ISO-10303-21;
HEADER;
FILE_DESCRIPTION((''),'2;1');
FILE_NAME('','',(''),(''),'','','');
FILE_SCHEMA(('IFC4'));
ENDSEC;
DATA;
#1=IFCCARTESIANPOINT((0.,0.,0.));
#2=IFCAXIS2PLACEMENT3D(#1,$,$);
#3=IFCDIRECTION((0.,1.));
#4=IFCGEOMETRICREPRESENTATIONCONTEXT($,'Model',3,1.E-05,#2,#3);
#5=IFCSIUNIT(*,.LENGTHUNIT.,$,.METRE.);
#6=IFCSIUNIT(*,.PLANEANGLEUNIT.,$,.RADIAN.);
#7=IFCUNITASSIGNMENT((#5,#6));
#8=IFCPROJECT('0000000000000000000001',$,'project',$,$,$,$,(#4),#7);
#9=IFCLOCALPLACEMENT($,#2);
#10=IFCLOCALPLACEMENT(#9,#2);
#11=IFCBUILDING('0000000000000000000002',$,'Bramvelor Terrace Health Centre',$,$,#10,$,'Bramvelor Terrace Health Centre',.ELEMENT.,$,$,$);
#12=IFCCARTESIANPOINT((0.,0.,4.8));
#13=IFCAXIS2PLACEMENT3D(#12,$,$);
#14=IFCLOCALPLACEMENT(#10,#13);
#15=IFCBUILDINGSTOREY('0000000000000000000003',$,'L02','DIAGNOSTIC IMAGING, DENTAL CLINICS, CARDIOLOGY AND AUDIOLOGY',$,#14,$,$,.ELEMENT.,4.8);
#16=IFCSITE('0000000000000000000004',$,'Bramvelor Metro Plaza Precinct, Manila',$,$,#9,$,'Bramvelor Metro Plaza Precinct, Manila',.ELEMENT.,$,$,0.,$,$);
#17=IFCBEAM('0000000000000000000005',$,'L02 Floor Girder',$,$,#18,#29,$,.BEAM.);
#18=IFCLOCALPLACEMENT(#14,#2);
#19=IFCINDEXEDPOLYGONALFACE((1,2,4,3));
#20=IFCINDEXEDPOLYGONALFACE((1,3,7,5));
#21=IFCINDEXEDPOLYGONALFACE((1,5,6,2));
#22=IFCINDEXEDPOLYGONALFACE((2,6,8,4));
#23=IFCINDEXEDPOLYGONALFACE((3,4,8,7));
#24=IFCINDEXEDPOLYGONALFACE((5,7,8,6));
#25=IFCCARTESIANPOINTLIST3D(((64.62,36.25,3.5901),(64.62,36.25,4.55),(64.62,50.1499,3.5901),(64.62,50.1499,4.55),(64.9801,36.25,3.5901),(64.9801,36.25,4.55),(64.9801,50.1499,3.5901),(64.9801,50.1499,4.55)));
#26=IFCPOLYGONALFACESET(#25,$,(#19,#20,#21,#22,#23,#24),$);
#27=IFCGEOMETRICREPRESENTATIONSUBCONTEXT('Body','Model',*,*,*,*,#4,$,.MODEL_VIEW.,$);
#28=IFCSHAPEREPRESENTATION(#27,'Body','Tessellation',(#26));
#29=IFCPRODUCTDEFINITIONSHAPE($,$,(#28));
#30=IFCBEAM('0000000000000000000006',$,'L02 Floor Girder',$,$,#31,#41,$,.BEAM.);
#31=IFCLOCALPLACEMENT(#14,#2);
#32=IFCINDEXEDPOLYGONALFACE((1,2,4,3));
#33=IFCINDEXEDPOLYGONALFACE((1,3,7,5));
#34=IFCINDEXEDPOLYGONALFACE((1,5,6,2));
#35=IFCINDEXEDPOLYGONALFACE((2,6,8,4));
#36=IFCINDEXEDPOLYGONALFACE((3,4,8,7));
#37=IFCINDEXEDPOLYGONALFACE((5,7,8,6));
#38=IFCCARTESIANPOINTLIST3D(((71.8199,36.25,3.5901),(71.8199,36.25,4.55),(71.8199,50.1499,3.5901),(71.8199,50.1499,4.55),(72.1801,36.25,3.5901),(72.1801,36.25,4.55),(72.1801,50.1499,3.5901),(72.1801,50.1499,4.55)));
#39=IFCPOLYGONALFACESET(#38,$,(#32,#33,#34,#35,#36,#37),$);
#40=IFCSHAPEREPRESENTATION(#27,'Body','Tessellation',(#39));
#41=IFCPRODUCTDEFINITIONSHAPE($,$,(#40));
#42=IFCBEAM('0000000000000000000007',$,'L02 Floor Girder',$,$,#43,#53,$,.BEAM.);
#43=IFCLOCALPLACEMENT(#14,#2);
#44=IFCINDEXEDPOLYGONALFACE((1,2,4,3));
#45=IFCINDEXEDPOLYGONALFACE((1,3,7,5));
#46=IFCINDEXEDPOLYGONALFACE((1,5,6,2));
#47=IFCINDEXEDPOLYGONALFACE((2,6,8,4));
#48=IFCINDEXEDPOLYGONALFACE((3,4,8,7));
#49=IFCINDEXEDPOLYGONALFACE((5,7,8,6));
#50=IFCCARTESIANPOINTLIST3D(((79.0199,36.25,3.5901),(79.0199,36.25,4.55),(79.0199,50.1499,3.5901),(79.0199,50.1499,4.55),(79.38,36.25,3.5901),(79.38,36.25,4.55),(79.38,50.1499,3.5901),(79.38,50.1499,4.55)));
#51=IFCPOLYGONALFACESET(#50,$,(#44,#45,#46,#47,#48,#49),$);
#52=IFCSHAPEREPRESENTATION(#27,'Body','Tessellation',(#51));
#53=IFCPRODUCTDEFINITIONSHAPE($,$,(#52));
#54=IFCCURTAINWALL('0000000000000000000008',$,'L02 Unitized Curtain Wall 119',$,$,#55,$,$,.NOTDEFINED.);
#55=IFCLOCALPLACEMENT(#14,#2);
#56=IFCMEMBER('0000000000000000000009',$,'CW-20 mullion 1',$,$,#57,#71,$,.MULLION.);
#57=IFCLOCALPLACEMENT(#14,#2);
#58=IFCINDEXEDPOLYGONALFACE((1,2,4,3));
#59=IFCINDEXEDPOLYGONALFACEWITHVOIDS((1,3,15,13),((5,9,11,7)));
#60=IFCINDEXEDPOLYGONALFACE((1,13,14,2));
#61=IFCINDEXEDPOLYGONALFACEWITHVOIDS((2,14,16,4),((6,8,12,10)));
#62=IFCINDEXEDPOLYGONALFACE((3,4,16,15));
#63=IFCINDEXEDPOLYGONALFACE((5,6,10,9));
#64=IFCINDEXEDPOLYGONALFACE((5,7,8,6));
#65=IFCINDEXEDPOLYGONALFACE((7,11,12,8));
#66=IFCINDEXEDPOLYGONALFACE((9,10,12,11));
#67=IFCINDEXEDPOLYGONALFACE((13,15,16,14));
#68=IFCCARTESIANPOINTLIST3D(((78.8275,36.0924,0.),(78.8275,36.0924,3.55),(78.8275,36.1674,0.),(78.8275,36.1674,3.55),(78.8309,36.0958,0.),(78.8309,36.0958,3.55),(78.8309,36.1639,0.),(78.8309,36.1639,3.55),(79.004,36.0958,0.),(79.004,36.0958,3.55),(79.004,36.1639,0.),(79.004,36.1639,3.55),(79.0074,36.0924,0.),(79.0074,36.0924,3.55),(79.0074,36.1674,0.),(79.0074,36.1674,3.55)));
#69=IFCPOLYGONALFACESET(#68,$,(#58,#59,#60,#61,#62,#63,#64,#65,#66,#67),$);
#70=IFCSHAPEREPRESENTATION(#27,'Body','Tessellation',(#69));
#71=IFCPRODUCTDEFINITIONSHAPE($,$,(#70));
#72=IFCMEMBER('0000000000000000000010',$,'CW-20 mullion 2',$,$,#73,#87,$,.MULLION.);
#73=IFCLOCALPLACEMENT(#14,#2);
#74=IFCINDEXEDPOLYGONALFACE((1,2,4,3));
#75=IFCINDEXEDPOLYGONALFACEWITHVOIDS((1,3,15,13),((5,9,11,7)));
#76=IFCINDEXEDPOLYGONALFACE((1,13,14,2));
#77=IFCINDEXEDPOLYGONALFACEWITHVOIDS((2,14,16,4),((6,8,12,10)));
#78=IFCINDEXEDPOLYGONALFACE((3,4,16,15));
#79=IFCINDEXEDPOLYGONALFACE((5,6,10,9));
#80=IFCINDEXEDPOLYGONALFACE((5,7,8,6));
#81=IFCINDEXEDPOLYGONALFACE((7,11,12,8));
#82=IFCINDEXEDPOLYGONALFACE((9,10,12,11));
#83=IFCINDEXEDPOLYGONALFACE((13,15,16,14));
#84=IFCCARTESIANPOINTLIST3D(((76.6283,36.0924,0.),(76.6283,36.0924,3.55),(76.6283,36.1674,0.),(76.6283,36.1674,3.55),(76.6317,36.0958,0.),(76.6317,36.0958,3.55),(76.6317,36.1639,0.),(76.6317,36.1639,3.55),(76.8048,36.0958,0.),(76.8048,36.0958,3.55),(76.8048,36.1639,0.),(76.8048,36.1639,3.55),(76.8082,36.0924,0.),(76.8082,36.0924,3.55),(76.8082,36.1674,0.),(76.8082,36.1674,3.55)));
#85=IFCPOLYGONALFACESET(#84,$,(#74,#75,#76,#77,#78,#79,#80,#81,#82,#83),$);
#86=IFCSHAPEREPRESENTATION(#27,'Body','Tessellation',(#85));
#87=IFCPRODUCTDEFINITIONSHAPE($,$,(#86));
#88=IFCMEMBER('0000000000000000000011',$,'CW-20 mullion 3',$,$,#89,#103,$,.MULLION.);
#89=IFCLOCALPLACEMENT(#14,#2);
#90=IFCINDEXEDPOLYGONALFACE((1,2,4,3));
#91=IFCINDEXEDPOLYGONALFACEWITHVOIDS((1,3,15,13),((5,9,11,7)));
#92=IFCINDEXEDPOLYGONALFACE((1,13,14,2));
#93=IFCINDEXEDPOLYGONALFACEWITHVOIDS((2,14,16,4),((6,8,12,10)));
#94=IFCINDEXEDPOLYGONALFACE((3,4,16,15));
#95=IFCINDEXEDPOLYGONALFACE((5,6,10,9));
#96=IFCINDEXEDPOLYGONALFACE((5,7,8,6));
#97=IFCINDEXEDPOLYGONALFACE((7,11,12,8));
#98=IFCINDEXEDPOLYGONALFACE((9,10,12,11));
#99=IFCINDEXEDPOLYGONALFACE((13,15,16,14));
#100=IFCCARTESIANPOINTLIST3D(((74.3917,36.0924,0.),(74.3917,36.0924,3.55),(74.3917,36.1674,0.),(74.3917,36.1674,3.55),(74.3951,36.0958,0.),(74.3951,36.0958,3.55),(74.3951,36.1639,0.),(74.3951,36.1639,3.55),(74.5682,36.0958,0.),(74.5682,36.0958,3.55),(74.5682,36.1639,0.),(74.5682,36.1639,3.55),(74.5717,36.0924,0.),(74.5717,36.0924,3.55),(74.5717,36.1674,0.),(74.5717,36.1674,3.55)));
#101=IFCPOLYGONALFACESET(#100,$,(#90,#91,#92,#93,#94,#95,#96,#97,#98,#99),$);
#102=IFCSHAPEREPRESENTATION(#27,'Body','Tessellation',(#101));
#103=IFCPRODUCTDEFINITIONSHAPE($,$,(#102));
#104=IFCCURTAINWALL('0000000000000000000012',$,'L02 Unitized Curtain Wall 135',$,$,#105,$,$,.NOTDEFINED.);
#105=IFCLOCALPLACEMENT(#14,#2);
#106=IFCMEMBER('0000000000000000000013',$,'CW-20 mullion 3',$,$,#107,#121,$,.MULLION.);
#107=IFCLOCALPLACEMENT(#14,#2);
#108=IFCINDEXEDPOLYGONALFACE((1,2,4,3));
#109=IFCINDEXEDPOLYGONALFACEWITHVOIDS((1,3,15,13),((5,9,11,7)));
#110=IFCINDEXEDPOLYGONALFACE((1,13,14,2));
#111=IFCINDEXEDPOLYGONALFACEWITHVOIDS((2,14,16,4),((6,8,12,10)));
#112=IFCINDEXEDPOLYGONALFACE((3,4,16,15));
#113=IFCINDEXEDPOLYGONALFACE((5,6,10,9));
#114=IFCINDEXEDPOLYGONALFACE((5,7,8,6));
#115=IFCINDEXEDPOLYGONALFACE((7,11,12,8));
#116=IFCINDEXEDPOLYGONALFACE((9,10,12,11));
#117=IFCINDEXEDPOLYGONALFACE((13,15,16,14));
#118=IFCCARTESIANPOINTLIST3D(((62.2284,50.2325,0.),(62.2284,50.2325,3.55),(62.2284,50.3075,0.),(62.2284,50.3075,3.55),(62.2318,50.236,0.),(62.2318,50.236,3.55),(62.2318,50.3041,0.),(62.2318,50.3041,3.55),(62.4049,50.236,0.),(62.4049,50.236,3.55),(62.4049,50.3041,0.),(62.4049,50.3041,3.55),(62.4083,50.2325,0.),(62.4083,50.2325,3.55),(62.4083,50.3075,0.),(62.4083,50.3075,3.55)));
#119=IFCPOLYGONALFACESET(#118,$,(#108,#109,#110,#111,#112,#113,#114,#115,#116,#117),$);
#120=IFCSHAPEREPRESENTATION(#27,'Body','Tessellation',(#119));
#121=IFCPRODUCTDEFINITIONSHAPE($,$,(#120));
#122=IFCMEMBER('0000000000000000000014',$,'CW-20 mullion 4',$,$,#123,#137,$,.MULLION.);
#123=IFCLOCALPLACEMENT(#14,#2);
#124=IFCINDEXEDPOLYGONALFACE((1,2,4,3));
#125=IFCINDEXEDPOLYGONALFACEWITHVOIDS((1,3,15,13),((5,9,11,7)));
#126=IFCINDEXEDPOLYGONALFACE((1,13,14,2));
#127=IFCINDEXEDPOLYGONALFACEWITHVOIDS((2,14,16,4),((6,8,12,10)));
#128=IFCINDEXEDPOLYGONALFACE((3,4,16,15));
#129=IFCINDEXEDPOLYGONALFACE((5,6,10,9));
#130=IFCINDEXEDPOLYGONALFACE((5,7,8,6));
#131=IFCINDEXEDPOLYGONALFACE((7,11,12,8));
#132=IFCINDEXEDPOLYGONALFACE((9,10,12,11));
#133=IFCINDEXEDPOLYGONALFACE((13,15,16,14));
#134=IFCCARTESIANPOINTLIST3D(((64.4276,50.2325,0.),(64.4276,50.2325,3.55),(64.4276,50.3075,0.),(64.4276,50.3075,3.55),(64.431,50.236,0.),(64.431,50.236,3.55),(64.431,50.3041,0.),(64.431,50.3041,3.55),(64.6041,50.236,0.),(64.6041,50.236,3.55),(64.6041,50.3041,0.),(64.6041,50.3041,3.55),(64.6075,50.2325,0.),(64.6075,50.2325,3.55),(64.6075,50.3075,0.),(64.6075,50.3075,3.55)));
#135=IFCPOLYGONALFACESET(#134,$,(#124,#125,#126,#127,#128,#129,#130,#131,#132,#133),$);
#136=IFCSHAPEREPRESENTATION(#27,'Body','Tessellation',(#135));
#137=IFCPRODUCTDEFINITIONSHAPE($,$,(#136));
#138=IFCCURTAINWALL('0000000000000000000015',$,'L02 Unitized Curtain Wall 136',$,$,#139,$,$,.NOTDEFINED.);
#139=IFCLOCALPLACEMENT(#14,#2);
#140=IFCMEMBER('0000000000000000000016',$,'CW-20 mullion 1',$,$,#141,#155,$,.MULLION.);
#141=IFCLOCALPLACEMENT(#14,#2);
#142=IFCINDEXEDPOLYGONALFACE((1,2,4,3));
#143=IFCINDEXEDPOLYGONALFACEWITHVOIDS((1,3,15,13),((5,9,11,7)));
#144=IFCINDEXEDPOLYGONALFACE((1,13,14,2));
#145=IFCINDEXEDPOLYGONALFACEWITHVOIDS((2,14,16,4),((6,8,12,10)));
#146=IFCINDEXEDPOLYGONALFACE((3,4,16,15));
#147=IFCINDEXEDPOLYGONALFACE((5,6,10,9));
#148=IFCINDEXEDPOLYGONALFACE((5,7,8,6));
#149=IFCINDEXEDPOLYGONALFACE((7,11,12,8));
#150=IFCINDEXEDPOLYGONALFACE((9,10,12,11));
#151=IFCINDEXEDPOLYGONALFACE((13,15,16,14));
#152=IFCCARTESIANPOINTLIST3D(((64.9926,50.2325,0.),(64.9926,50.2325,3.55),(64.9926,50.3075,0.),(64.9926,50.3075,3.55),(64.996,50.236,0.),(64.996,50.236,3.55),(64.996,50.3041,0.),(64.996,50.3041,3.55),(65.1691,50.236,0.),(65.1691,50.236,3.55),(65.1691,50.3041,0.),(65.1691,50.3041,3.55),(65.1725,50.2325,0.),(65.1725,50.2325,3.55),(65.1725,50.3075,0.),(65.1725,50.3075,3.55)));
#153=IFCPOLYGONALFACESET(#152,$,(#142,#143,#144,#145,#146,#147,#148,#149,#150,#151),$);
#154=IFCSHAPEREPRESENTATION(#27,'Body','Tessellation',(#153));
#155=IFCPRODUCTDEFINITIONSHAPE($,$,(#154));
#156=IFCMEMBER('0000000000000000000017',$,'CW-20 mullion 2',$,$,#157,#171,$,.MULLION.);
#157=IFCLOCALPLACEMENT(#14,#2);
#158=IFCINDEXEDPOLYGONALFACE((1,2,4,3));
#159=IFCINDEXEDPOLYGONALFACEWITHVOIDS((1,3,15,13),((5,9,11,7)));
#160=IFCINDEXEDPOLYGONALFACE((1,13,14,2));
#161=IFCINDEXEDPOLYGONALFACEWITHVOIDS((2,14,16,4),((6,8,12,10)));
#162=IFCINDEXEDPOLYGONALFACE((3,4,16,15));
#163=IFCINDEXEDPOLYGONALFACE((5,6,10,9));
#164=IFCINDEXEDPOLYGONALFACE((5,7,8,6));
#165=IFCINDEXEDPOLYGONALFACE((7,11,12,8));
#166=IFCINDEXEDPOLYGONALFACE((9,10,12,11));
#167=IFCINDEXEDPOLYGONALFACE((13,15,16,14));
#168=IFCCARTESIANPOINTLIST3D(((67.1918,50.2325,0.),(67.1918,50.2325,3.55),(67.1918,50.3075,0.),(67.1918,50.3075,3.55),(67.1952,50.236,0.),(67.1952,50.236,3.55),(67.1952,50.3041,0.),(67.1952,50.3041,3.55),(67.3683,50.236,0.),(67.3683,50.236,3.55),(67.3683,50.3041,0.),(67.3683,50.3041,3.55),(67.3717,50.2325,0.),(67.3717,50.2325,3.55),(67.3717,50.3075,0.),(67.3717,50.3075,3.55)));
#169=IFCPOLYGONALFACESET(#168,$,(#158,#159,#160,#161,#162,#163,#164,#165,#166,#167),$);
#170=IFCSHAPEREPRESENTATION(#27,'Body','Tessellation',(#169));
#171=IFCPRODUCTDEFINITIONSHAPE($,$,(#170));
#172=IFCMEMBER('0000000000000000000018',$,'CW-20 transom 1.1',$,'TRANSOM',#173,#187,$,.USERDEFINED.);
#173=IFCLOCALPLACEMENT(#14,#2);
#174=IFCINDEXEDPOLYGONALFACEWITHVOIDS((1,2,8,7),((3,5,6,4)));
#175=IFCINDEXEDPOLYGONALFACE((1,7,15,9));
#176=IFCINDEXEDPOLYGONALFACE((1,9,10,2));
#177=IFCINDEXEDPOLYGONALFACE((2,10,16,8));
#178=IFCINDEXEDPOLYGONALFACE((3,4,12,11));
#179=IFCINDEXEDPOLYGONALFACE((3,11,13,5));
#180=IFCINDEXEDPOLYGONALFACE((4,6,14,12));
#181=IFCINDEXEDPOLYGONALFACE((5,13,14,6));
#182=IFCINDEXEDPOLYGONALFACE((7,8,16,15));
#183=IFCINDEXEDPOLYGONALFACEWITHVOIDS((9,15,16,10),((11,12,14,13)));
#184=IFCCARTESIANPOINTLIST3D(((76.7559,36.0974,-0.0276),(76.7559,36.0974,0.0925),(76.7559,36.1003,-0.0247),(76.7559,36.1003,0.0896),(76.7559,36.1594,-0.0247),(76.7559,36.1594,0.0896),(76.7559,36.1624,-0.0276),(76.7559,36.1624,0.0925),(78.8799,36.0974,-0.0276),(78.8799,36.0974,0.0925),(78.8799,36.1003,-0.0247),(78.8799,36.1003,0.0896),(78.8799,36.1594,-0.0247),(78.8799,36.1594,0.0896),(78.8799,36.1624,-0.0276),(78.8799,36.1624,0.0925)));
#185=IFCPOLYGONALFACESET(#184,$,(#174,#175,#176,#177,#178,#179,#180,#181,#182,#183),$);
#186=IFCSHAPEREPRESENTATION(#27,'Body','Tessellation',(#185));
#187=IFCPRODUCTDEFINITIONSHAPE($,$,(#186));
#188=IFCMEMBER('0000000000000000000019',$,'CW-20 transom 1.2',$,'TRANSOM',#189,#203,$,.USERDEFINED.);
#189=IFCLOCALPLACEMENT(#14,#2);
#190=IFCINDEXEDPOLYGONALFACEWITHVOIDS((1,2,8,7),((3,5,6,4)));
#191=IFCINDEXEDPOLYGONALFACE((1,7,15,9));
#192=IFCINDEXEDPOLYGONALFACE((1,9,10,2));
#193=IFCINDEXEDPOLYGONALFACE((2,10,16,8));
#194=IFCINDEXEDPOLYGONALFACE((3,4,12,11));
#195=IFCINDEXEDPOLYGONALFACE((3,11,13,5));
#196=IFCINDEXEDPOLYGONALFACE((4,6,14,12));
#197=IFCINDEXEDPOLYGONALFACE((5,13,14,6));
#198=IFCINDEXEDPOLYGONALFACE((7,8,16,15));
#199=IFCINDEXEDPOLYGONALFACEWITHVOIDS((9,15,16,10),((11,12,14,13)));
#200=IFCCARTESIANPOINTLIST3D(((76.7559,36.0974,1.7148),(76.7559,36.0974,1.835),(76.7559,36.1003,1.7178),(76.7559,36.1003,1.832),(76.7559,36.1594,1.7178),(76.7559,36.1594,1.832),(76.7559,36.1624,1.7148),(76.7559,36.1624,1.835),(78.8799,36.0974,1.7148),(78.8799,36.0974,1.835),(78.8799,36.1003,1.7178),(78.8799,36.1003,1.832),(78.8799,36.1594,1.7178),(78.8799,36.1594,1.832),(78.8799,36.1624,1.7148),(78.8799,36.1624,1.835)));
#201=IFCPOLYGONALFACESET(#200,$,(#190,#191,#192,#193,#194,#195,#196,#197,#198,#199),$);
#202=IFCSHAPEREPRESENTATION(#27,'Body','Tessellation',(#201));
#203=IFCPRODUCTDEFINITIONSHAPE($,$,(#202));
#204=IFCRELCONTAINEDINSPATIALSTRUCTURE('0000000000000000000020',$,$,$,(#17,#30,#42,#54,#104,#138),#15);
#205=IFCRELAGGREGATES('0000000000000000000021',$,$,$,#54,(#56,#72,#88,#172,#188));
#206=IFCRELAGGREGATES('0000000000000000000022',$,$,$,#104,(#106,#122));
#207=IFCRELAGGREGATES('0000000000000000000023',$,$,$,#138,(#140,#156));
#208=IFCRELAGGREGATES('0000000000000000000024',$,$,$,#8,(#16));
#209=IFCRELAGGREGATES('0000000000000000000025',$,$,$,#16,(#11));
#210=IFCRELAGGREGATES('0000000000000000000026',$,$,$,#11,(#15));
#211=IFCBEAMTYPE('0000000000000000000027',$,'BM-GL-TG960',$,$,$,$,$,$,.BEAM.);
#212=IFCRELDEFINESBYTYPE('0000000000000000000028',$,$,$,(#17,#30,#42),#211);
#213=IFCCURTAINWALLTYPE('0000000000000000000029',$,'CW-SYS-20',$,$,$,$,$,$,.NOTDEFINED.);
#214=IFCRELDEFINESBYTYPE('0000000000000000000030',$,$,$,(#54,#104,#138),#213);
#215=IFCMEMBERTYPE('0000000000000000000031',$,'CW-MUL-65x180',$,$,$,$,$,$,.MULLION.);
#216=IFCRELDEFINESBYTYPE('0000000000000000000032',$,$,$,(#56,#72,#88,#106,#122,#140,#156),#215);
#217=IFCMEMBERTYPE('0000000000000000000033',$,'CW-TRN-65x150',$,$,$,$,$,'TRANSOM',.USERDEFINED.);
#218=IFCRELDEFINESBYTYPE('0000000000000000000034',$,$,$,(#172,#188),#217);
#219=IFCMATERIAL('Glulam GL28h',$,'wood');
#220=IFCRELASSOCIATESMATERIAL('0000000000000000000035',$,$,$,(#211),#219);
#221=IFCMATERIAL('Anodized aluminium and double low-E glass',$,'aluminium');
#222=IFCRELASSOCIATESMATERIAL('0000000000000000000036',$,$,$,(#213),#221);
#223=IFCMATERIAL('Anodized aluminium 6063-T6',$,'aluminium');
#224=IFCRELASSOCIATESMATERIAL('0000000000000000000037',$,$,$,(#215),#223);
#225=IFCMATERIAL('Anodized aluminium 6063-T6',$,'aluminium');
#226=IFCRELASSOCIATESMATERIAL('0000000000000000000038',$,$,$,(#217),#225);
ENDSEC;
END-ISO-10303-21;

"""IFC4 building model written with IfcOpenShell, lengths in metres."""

from ifc_helpers import new_model, si_unit, direction, frame, origin, origin_2d, place, context, subcontext, project, spatial, rectangle, hollow_rectangle, extrude, material, material_profile, profile_set, type_object, element, aggregate, save


model = new_model("IFC4")

# Units and contexts
model_context = context("Model", 3, precision=1e-05, world=origin(), true_north=direction((0.0, 1.0)))
body_context = subcontext(model_context, "Body", "Model", "MODEL_VIEW")
ifc_project = project(units=[si_unit("LENGTHUNIT", "METRE"), si_unit("PLANEANGLEUNIT", "RADIAN")], contexts=[model_context])

# Site, building, storey
site_placement = place(None, origin())
site = spatial("IfcSite", under=ifc_project, at=site_placement, Name="Bramvelor Metro Plaza Precinct, Manila", LongName="Bramvelor Metro Plaza Precinct, Manila", CompositionType="ELEMENT", RefElevation=0.0)
building_placement = place(site_placement, origin())
building = spatial("IfcBuilding", under=site, at=building_placement, Name="Bramvelor Terrace Health Centre", LongName="Bramvelor Terrace Health Centre", CompositionType="ELEMENT")
storey_placement = place(building_placement, frame((0.0, 0.0, 4.8)))
storey = spatial("IfcBuildingStorey", under=building, at=storey_placement, Name="L02", Description="DIAGNOSTIC IMAGING, DENTAL CLINICS, CARDIOLOGY AND AUDIOLOGY", CompositionType="ELEMENT", Elevation=4.8)

# Beams
ifc_material_1 = material(Name="Glulam GL28h", Category="wood")
ifc_material_profile_1 = material_profile(ifc_material_1, rectangle(XDim=0.3601, YDim=0.96, at=origin_2d()), Name="GL 360x960")
ifc_profile_set_1 = profile_set([ifc_material_profile_1], Name="Glulam GL28h")
beam_type = type_object("IfcBeamType", Name="BM-GL-TG960", PredefinedType="BEAM", material=ifc_profile_set_1)
for number, where, z_axis, x_axis, name in (
    (1, (64.8, 36.25, 4.0701), (0.0, 1.0, 0.0), (-1.0, 0.0, 0.0), "L02 Floor Girder"),
    (2, (72.0, 36.25, 4.0701), (0.0, 1.0, 0.0), (-1.0, 0.0, 0.0), "L02 Floor Girder"),
    (3, (79.2, 36.25, 4.0701), (0.0, 1.0, 0.0), (-1.0, 0.0, 0.0), "L02 Floor Girder"),
):
    element("IfcBeam", number, at=place(storey_placement, frame(where, z_axis=z_axis, x_axis=x_axis)), inside=storey, type_object=beam_type, Name=name, PredefinedType="BEAM", context=body_context, shape_type="SweptSolid", body=[
        extrude(rectangle(XDim=0.3601, YDim=0.96, at=origin_2d()), origin(), (0.0, 0.0, 1.0), 13.8999),
    ])

# Curtain walls, members
ifc_material_2 = material(Name="Anodized aluminium and double low-E glass", Category="aluminium")
curtain_wall_type = type_object("IfcCurtainWallType", Name="CW-SYS-20", PredefinedType="NOTDEFINED", material=ifc_material_2)
curtain_wall_1_placement = place(storey_placement, origin())
curtain_wall_1 = element("IfcCurtainWall", 4, at=curtain_wall_1_placement, inside=storey, type_object=curtain_wall_type, Name="L02 Unitized Curtain Wall 119", PredefinedType="NOTDEFINED")
ifc_material_3 = material(Name="Anodized aluminium 6063-T6", Category="aluminium")
ifc_material_profile_2 = material_profile(ifc_material_3, hollow_rectangle(XDim=0.075, YDim=0.1799, WallThickness=0.0034, at=origin_2d()), Name="ALU-MUL 75x180x3.5")
ifc_profile_set_2 = profile_set([ifc_material_profile_2], Name="Anodized aluminium 6063-T6")
member_type_1 = type_object("IfcMemberType", Name="CW-MUL-65x180", PredefinedType="MULLION", material=ifc_profile_set_2)
member_1_placement = place(storey_placement, frame((78.9175, 36.1299, 0.0), z_axis=(0.0, 0.0, 1.0), x_axis=(0.0, -1.0, 0.0)))
member_1 = element("IfcMember", 5, at=member_1_placement, type_object=member_type_1, Name="CW-20 mullion 1", PredefinedType="MULLION", context=body_context, shape_type="SweptSolid", body=[
    extrude(hollow_rectangle(XDim=0.075, YDim=0.1799, WallThickness=0.0034, at=origin_2d()), origin(), (0.0, 0.0, 1.0), 3.55),
])
member_2_placement = place(storey_placement, frame((76.7183, 36.1299, 0.0), z_axis=(0.0, 0.0, 1.0), x_axis=(0.0, -1.0, 0.0)))
member_2 = element("IfcMember", 6, at=member_2_placement, type_object=member_type_1, Name="CW-20 mullion 2", PredefinedType="MULLION", context=body_context, shape_type="SweptSolid", body=[
    extrude(hollow_rectangle(XDim=0.075, YDim=0.1799, WallThickness=0.0034, at=origin_2d()), origin(), (0.0, 0.0, 1.0), 3.55),
])
member_3_placement = place(storey_placement, frame((74.4817, 36.1299, 0.0), z_axis=(0.0, 0.0, 1.0), x_axis=(0.0, -1.0, 0.0)))
member_3 = element("IfcMember", 7, at=member_3_placement, type_object=member_type_1, Name="CW-20 mullion 3", PredefinedType="MULLION", context=body_context, shape_type="SweptSolid", body=[
    extrude(hollow_rectangle(XDim=0.075, YDim=0.1799, WallThickness=0.0034, at=origin_2d()), origin(), (0.0, 0.0, 1.0), 3.55),
])
curtain_wall_2_placement = place(storey_placement, origin())
curtain_wall_2 = element("IfcCurtainWall", 8, at=curtain_wall_2_placement, inside=storey, type_object=curtain_wall_type, Name="L02 Unitized Curtain Wall 135", PredefinedType="NOTDEFINED")
member_4_placement = place(storey_placement, frame((62.3184, 50.27, 0.0), z_axis=(0.0, 0.0, 1.0), x_axis=(0.0, 1.0, 0.0)))
member_4 = element("IfcMember", 9, at=member_4_placement, type_object=member_type_1, Name="CW-20 mullion 3", PredefinedType="MULLION", context=body_context, shape_type="SweptSolid", body=[
    extrude(hollow_rectangle(XDim=0.075, YDim=0.1799, WallThickness=0.0034, at=origin_2d()), origin(), (0.0, 0.0, 1.0), 3.55),
])
member_5_placement = place(storey_placement, frame((64.5176, 50.27, 0.0), z_axis=(0.0, 0.0, 1.0), x_axis=(0.0, 1.0, 0.0)))
member_5 = element("IfcMember", 10, at=member_5_placement, type_object=member_type_1, Name="CW-20 mullion 4", PredefinedType="MULLION", context=body_context, shape_type="SweptSolid", body=[
    extrude(hollow_rectangle(XDim=0.075, YDim=0.1799, WallThickness=0.0034, at=origin_2d()), origin(), (0.0, 0.0, 1.0), 3.55),
])
curtain_wall_3_placement = place(storey_placement, origin())
curtain_wall_3 = element("IfcCurtainWall", 11, at=curtain_wall_3_placement, inside=storey, type_object=curtain_wall_type, Name="L02 Unitized Curtain Wall 136", PredefinedType="NOTDEFINED")
member_6_placement = place(storey_placement, frame((65.0825, 50.27, 0.0), z_axis=(0.0, 0.0, 1.0), x_axis=(0.0, 1.0, 0.0)))
member_6 = element("IfcMember", 12, at=member_6_placement, type_object=member_type_1, Name="CW-20 mullion 1", PredefinedType="MULLION", context=body_context, shape_type="SweptSolid", body=[
    extrude(hollow_rectangle(XDim=0.075, YDim=0.1799, WallThickness=0.0034, at=origin_2d()), origin(), (0.0, 0.0, 1.0), 3.55),
])
member_7_placement = place(storey_placement, frame((67.2817, 50.27, 0.0), z_axis=(0.0, 0.0, 1.0), x_axis=(0.0, 1.0, 0.0)))
member_7 = element("IfcMember", 13, at=member_7_placement, type_object=member_type_1, Name="CW-20 mullion 2", PredefinedType="MULLION", context=body_context, shape_type="SweptSolid", body=[
    extrude(hollow_rectangle(XDim=0.075, YDim=0.1799, WallThickness=0.0034, at=origin_2d()), origin(), (0.0, 0.0, 1.0), 3.55),
])

# Members
ifc_material_4 = material(Name="Anodized aluminium 6063-T6", Category="aluminium")
ifc_material_profile_3 = material_profile(ifc_material_4, hollow_rectangle(XDim=0.0649, YDim=0.1201, WallThickness=0.0029, at=origin_2d()), Name="ALU-TRN 65x120x3.0")
ifc_profile_set_3 = profile_set([ifc_material_profile_3], Name="Anodized aluminium 6063-T6")
member_type_2 = type_object("IfcMemberType", Name="CW-TRN-65x150", ElementType="TRANSOM", PredefinedType="USERDEFINED", material=ifc_profile_set_3)
member_8_placement = place(storey_placement, frame((78.8799, 36.1299, 0.0325), z_axis=(-1.0, 0.0, 0.0), x_axis=(0.0, -1.0, 0.0)))
member_8 = element("IfcMember", 14, at=member_8_placement, type_object=member_type_2, Name="CW-20 transom 1.1", ObjectType="TRANSOM", PredefinedType="USERDEFINED", context=body_context, shape_type="SweptSolid", body=[
    extrude(hollow_rectangle(XDim=0.0649, YDim=0.1201, WallThickness=0.0029, at=origin_2d()), origin(), (0.0, 0.0, 1.0), 2.124),
])
member_9_placement = place(storey_placement, frame((78.8799, 36.1299, 1.7749), z_axis=(-1.0, 0.0, 0.0), x_axis=(0.0, -1.0, 0.0)))
member_9 = element("IfcMember", 15, at=member_9_placement, type_object=member_type_2, Name="CW-20 transom 1.2", ObjectType="TRANSOM", PredefinedType="USERDEFINED", context=body_context, shape_type="SweptSolid", body=[
    extrude(hollow_rectangle(XDim=0.0649, YDim=0.1201, WallThickness=0.0029, at=origin_2d()), origin(), (0.0, 0.0, 1.0), 2.124),
])

aggregate(curtain_wall_1, [member_1, member_2, member_3, member_8, member_9])
aggregate(curtain_wall_2, [member_4, member_5])
aggregate(curtain_wall_3, [member_6, member_7])

save(model, "model.ifc")
